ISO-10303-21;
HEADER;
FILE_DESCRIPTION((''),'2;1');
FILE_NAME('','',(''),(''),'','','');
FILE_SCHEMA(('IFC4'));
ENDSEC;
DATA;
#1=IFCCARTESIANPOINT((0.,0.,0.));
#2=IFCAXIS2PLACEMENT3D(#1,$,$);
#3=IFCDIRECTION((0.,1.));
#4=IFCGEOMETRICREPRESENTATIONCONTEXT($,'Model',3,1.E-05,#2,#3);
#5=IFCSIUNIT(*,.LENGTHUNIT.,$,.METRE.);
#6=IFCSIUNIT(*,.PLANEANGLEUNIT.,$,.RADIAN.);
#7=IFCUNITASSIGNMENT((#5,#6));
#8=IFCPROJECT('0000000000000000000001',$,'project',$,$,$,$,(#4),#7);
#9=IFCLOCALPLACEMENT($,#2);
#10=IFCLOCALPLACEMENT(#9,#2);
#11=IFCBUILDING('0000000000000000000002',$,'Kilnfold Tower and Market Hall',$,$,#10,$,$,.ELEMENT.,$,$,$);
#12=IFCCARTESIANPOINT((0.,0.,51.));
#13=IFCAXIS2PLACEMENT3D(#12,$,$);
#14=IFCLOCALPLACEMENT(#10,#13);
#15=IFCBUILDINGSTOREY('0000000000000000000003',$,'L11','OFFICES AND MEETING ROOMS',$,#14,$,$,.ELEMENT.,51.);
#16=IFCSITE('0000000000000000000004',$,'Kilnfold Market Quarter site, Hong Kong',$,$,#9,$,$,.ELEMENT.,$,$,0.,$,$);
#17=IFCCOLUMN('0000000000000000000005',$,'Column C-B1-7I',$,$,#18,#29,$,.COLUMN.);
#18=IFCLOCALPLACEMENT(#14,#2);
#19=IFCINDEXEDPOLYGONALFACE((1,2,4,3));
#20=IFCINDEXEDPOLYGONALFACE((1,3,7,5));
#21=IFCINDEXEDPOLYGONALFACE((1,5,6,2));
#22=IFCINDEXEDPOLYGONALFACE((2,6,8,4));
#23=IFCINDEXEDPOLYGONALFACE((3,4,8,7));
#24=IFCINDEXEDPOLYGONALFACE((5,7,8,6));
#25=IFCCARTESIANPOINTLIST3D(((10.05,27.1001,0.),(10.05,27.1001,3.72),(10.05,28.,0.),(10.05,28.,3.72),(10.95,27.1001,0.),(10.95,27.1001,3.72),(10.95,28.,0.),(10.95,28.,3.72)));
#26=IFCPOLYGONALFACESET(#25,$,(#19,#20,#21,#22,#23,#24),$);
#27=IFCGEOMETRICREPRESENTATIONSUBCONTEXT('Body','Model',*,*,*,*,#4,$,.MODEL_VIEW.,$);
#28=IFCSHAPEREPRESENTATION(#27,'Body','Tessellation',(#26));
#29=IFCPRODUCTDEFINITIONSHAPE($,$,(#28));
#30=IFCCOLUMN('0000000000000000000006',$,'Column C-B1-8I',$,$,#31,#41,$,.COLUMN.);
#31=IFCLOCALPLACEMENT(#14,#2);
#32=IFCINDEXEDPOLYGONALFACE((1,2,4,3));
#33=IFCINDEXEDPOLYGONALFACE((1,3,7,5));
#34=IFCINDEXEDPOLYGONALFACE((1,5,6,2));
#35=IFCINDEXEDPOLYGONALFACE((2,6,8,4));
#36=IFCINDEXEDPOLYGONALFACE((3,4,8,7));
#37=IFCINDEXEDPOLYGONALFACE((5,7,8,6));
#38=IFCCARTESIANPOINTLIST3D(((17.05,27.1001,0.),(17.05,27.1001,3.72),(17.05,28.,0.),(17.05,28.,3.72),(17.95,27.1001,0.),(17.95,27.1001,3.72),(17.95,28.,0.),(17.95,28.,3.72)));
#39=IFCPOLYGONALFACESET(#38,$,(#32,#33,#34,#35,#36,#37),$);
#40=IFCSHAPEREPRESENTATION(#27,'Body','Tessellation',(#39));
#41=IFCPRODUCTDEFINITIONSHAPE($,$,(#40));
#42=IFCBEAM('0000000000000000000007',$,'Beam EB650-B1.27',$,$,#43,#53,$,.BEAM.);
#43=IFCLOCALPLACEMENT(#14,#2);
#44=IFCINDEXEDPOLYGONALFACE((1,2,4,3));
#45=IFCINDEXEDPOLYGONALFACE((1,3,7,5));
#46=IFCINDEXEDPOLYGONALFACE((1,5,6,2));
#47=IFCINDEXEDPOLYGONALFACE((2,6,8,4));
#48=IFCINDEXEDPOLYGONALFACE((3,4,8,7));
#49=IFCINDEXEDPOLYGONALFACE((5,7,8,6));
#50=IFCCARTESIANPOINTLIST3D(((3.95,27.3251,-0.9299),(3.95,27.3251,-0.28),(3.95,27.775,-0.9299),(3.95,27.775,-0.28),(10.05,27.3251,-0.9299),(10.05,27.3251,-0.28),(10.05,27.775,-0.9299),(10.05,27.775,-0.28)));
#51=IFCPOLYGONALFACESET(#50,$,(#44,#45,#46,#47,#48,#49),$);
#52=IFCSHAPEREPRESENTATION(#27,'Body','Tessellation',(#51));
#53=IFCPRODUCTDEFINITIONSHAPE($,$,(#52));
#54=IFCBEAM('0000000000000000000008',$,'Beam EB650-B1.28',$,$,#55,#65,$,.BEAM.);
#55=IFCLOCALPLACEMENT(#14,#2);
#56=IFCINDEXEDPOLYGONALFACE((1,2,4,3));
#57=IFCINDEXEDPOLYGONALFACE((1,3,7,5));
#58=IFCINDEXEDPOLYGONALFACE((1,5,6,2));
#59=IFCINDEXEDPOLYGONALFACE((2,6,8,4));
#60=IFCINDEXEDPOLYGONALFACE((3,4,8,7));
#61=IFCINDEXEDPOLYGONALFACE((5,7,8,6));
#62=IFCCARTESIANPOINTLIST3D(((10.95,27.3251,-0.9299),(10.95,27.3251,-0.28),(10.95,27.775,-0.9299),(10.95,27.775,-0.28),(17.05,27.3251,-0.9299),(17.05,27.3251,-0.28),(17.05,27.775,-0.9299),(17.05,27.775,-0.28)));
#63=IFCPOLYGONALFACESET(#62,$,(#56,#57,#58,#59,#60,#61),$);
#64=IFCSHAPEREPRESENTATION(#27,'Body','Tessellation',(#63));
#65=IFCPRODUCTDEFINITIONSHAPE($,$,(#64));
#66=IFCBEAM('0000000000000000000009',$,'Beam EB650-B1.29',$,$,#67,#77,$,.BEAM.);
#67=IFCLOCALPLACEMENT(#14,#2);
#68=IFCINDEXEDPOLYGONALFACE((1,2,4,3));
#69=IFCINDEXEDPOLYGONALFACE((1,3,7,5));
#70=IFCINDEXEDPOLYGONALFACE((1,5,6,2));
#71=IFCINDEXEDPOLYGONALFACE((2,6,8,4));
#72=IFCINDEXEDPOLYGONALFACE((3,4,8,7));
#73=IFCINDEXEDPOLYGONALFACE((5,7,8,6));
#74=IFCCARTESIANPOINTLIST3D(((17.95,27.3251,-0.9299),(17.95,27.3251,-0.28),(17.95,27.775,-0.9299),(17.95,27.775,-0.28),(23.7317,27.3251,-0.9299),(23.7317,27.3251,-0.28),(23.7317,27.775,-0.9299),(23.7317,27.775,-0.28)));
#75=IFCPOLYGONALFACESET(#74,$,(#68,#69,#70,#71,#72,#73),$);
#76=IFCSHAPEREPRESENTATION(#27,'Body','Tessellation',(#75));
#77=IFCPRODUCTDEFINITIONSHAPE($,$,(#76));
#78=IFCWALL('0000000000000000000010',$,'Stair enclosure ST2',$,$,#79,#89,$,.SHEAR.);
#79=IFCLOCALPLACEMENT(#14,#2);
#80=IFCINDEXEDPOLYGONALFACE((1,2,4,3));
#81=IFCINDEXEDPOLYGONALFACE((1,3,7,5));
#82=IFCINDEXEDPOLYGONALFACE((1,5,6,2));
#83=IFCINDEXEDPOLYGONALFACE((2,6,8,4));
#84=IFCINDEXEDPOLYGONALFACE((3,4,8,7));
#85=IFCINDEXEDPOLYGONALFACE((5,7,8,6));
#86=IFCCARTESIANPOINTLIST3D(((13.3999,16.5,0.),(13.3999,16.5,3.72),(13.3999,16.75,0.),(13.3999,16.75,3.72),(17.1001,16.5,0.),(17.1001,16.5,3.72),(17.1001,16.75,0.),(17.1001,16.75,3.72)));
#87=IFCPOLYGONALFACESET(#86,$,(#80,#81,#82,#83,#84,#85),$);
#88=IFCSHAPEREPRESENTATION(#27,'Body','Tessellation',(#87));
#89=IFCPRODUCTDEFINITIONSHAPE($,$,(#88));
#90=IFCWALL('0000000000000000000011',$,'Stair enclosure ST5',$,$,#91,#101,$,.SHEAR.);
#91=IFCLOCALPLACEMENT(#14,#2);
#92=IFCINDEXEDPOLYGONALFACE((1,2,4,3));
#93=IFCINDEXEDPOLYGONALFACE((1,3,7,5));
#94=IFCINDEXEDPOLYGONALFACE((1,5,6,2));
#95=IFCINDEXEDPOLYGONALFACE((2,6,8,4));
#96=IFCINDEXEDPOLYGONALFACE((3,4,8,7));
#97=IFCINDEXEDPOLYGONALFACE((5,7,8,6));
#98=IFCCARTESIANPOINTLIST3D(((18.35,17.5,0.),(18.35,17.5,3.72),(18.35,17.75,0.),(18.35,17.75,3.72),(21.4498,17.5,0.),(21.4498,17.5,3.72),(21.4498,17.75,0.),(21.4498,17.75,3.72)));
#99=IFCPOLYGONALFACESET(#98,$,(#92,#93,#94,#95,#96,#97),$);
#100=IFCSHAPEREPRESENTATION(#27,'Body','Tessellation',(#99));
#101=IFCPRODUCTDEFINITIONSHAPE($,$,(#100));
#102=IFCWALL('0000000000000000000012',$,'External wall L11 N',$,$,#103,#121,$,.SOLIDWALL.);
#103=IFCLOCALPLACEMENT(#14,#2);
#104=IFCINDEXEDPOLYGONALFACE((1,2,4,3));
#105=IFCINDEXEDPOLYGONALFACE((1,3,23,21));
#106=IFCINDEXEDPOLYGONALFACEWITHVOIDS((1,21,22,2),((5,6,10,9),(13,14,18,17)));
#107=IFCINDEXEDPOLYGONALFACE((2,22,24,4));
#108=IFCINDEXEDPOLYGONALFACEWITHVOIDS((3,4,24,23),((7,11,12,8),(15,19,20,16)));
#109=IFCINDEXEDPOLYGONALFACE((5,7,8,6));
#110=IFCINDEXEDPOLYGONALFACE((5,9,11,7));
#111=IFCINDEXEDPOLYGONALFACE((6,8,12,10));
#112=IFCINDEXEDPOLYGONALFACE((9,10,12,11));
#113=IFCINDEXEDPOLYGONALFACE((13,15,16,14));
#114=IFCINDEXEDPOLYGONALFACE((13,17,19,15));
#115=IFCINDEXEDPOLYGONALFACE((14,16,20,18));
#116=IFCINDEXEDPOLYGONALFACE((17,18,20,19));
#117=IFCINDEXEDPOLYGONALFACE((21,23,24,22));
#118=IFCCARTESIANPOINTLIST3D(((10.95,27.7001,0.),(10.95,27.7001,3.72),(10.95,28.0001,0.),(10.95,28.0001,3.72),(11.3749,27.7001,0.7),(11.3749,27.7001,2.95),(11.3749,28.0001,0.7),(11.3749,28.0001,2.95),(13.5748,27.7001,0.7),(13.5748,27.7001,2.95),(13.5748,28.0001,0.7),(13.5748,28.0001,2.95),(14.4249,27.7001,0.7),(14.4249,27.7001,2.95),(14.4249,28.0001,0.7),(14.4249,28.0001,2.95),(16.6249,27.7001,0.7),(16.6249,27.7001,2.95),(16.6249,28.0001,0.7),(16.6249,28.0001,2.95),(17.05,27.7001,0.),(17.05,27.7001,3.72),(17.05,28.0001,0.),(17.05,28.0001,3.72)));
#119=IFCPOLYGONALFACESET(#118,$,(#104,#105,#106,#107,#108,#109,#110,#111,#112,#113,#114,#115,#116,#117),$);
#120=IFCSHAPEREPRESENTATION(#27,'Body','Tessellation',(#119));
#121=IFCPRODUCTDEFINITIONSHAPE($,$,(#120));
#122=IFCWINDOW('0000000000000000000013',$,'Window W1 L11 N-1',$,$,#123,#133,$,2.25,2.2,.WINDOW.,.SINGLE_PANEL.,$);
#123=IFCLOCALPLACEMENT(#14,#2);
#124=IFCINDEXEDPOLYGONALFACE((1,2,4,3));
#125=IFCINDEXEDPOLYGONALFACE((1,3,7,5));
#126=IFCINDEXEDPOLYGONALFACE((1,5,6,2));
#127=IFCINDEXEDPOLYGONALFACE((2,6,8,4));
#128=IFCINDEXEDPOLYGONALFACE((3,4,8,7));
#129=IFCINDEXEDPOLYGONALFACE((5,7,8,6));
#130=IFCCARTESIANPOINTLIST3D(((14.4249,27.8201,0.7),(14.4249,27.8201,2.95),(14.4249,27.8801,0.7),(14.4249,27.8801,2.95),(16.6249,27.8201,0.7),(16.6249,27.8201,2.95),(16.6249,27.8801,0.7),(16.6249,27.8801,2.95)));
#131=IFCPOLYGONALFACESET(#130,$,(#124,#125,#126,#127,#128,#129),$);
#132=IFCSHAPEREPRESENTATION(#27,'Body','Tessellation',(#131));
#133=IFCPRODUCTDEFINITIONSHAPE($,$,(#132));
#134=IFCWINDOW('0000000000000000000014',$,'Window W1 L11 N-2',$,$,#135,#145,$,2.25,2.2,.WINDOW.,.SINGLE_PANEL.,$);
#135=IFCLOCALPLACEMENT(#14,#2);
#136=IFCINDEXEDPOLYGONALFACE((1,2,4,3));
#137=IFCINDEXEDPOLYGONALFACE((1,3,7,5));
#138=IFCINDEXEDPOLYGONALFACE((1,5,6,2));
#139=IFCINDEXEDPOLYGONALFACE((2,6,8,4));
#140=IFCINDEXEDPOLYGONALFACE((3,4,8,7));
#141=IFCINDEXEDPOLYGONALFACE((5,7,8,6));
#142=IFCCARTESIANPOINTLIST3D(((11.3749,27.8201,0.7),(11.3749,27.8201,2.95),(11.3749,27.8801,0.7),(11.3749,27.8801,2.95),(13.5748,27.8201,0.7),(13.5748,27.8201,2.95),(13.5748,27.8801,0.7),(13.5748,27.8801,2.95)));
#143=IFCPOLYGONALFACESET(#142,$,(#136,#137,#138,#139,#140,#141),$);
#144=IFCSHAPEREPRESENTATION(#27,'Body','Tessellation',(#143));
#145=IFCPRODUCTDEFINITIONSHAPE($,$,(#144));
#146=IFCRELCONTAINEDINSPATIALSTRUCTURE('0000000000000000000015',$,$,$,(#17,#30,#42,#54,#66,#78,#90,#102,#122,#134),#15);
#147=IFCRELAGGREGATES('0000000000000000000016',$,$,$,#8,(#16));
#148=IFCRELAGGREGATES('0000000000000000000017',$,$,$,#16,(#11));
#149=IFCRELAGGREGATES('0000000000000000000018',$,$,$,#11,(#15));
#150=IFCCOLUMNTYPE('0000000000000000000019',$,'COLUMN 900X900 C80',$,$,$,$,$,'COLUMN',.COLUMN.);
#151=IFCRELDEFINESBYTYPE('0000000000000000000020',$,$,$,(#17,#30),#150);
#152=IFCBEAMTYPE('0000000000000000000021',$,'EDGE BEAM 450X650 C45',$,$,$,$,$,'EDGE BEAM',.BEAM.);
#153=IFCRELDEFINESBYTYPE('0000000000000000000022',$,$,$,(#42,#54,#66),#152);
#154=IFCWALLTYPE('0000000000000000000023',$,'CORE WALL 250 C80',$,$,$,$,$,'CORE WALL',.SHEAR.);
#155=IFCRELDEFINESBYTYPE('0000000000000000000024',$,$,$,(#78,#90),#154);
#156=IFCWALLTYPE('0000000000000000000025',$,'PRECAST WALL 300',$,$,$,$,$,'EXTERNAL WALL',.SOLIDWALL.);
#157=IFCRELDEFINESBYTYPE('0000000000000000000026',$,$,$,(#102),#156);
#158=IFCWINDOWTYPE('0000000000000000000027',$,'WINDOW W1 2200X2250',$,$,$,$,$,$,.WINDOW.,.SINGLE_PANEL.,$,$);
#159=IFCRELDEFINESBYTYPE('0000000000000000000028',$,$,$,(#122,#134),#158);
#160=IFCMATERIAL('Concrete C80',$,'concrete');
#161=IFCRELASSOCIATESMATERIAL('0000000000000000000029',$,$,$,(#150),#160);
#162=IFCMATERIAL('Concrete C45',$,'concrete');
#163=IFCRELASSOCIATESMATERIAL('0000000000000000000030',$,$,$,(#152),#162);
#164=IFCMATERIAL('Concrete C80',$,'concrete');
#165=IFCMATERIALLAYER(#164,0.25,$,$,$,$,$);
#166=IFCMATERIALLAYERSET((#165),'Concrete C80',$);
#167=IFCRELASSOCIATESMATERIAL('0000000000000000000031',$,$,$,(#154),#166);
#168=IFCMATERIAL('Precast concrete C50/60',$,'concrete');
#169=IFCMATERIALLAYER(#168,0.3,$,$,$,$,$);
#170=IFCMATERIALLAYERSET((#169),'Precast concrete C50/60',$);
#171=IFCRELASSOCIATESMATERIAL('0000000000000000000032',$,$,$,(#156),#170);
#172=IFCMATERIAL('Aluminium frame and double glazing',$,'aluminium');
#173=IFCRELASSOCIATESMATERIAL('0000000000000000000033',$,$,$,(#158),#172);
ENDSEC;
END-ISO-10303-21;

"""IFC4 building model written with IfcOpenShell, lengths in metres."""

from ifc_helpers import new_model, si_unit, direction, frame, frame_2d, origin, origin_2d, place, context, subcontext, project, spatial, rectangle, extrude, source, transform, mapped, material, layer, layer_set, material_profile, profile_set, type_object, element, fill, save


model = new_model("IFC4")

# Units and contexts
model_context = context("Model", 3, precision=1e-05, world=origin(), true_north=direction((0.0, 1.0)))
body_context = subcontext(model_context, "Body", "Model", "MODEL_VIEW")
ifc_project = project(units=[si_unit("LENGTHUNIT", "METRE"), si_unit("PLANEANGLEUNIT", "RADIAN")], contexts=[model_context])

# Site, building, storey
site_placement = place(None, origin())
site = spatial("IfcSite", under=ifc_project, at=site_placement, Name="Kilnfold Market Quarter site, Hong Kong", CompositionType="ELEMENT", RefElevation=0.0)
building_placement = place(site_placement, origin())
building = spatial("IfcBuilding", under=site, at=building_placement, Name="Kilnfold Tower and Market Hall", CompositionType="ELEMENT")
storey_placement = place(building_placement, frame((0.0, 0.0, 51.0)))
storey = spatial("IfcBuildingStorey", under=building, at=storey_placement, Name="L11", Description="OFFICES AND MEETING ROOMS", CompositionType="ELEMENT", Elevation=51.0)

# Columns
ifc_material_1 = material(Name="Concrete C80", Category="concrete")
ifc_material_profile_1 = material_profile(ifc_material_1, rectangle(XDim=0.8999, YDim=0.8999, at=origin_2d()), Name="RC 900x900")
ifc_profile_set_1 = profile_set([ifc_material_profile_1], Name="Concrete C80")
column_type = type_object("IfcColumnType", Name="COLUMN 900X900 C80", ElementType="COLUMN", PredefinedType="COLUMN", material=ifc_profile_set_1)
shared_shape_1 = source(origin(), body_context, "Body", "SweptSolid", [
    extrude(rectangle(XDim=0.8999, YDim=0.8999, at=origin_2d()), origin(), (0.0, 0.0, 1.0), 3.72),
])
for number, where, z_axis, x_axis, name in (
    (1, (10.5, 27.55, 0.0), (0.0, 0.0, 1.0), (1.0, 0.0, 0.0), "Column C-B1-7I"),
    (2, (17.5, 27.55, 0.0), (0.0, 0.0, 1.0), (1.0, 0.0, 0.0), "Column C-B1-8I"),
):
    element("IfcColumn", number, at=place(storey_placement, frame(where, z_axis=z_axis, x_axis=x_axis)), inside=storey, type_object=column_type, Name=name, PredefinedType="COLUMN", context=body_context, shape_type="MappedRepresentation", body=[
        mapped(shared_shape_1, transform((0.0, 0.0, 0.0))),
    ])

# Beams
ifc_material_2 = material(Name="Concrete C45", Category="concrete")
ifc_material_profile_2 = material_profile(ifc_material_2, rectangle(XDim=0.45, YDim=0.6499, at=origin_2d()), Name="RC 450x650")
ifc_profile_set_2 = profile_set([ifc_material_profile_2], Name="Concrete C45")
beam_type = type_object("IfcBeamType", Name="EDGE BEAM 450X650 C45", ElementType="EDGE BEAM", PredefinedType="BEAM", material=ifc_profile_set_2)
shared_shape_2 = source(origin(), body_context, "Body", "SweptSolid", [
    extrude(rectangle(XDim=0.45, YDim=0.6499, at=origin_2d()), origin(), (0.0, 0.0, 1.0), 6.1001),
])
for number, where, z_axis, x_axis, name in (
    (3, (3.95, 27.55, -0.605), (1.0, 0.0, 0.0), (0.0, 1.0, 0.0), "Beam EB650-B1.27"),
    (4, (10.95, 27.55, -0.605), (1.0, 0.0, 0.0), (0.0, 1.0, 0.0), "Beam EB650-B1.28"),
):
    element("IfcBeam", number, at=place(storey_placement, frame(where, z_axis=z_axis, x_axis=x_axis)), inside=storey, type_object=beam_type, Name=name, PredefinedType="BEAM", context=body_context, shape_type="MappedRepresentation", body=[
        mapped(shared_shape_2, transform((0.0, 0.0, 0.0))),
    ])
shared_shape_3 = source(origin(), body_context, "Body", "SweptSolid", [
    extrude(rectangle(XDim=0.45, YDim=0.6499, at=origin_2d()), origin(), (0.0, 0.0, 1.0), 5.7817),
])
beam_placement = place(storey_placement, frame((17.95, 27.55, -0.605), z_axis=(1.0, 0.0, 0.0), x_axis=(0.0, 1.0, 0.0)))
element("IfcBeam", 5, at=beam_placement, inside=storey, type_object=beam_type, Name="Beam EB650-B1.29", PredefinedType="BEAM", context=body_context, shape_type="MappedRepresentation", body=[
    mapped(shared_shape_3, transform((0.0, 0.0, 0.0))),
])

# Walls
ifc_material_3 = material(Name="Concrete C80", Category="concrete")
ifc_layer_1 = layer(ifc_material_3, 0.25)
ifc_layer_set_1 = layer_set([ifc_layer_1], Name="Concrete C80")
wall_type_1 = type_object("IfcWallType", Name="CORE WALL 250 C80", ElementType="CORE WALL", PredefinedType="SHEAR", material=ifc_layer_set_1)
shared_shape_4 = source(origin(), body_context, "Body", "SweptSolid", [
    extrude(rectangle(XDim=3.7002, YDim=0.25, at=frame_2d((1.8501, 0.0))), origin(), (0.0, 0.0, 1.0), 3.72),
])
wall_1_placement = place(storey_placement, frame((13.3999, 16.625, 0.0), z_axis=(0.0, 0.0, 1.0), x_axis=(1.0, 0.0, 0.0)))
element("IfcWall", 6, at=wall_1_placement, inside=storey, type_object=wall_type_1, Name="Stair enclosure ST2", PredefinedType="SHEAR", context=body_context, shape_type="MappedRepresentation", body=[
    mapped(shared_shape_4, transform((0.0, 0.0, 0.0))),
])
shared_shape_5 = source(origin(), body_context, "Body", "SweptSolid", [
    extrude(rectangle(XDim=3.0999, YDim=0.25, at=frame_2d((1.5498, 0.0))), origin(), (0.0, 0.0, 1.0), 3.72),
])
wall_2_placement = place(storey_placement, frame((18.3501, 17.625, 0.0), z_axis=(0.0, 0.0, 1.0), x_axis=(1.0, 0.0, 0.0)))
element("IfcWall", 7, at=wall_2_placement, inside=storey, type_object=wall_type_1, Name="Stair enclosure ST5", PredefinedType="SHEAR", context=body_context, shape_type="MappedRepresentation", body=[
    mapped(shared_shape_5, transform((0.0, 0.0, 0.0))),
])

# Wall, openings, windows
ifc_material_4 = material(Name="Precast concrete C50/60", Category="concrete")
ifc_layer_2 = layer(ifc_material_4, 0.3)
ifc_layer_set_2 = layer_set([ifc_layer_2], Name="Precast concrete C50/60")
wall_type_2 = type_object("IfcWallType", Name="PRECAST WALL 300", ElementType="EXTERNAL WALL", PredefinedType="SOLIDWALL", material=ifc_layer_set_2)
shared_shape_6 = source(origin(), body_context, "Body", "SweptSolid", [
    extrude(rectangle(XDim=6.1001, YDim=0.3, at=frame_2d((3.05, 0.0))), origin(), (0.0, 0.0, 1.0), 3.72),
])
wall_3_placement = place(storey_placement, frame((17.05, 27.8501, 0.0), z_axis=(0.0, 0.0, 1.0), x_axis=(-1.0, 0.0, 0.0)))
wall_3 = element("IfcWall", 8, at=wall_3_placement, inside=storey, type_object=wall_type_2, Name="External wall L11 N", PredefinedType="SOLIDWALL", context=body_context, shape_type="MappedRepresentation", body=[
    mapped(shared_shape_6, transform((0.0, 0.0, 0.0))),
])
opening_1_placement = place(wall_3_placement, frame((0.425, 0.0, 0.7)))
opening_1 = element("IfcOpeningElement", 9, at=opening_1_placement, cuts=wall_3, PredefinedType="OPENING", context=body_context, shape_type="SweptSolid", body=[
    extrude(rectangle(XDim=2.2, YDim=2.25, at=frame_2d((1.1001, 1.125))), frame((0.0, 0.1602, 0.0), z_axis=(0.0, -1.0, 0.0), x_axis=(1.0, 0.0, 0.0)), (0.0, 0.0, 1.0), 0.3201),
])
opening_2_placement = place(wall_3_placement, frame((3.4751, 0.0, 0.7)))
opening_2 = element("IfcOpeningElement", 10, at=opening_2_placement, cuts=wall_3, PredefinedType="OPENING", context=body_context, shape_type="SweptSolid", body=[
    extrude(rectangle(XDim=2.2, YDim=2.25, at=frame_2d((1.1001, 1.125))), frame((0.0, 0.1602, 0.0), z_axis=(0.0, -1.0, 0.0), x_axis=(1.0, 0.0, 0.0)), (0.0, 0.0, 1.0), 0.3201),
])
ifc_material_5 = material(Name="Aluminium frame and double glazing", Category="aluminium")
window_type = type_object("IfcWindowType", Name="WINDOW W1 2200X2250", PartitioningType="SINGLE_PANEL", PredefinedType="WINDOW", material=ifc_material_5)
window_1_placement = place(opening_1_placement, origin())
window_1 = element("IfcWindow", 11, at=window_1_placement, inside=storey, type_object=window_type, Name="Window W1 L11 N-1", OverallHeight=2.25, OverallWidth=2.2, PartitioningType="SINGLE_PANEL", PredefinedType="WINDOW", context=body_context, shape_type="SweptSolid", body=[
    extrude(rectangle(XDim=2.2, YDim=2.25, at=frame_2d((1.1001, 1.125))), frame((0.0, 0.03, 0.0), z_axis=(0.0, -1.0, 0.0), x_axis=(1.0, 0.0, 0.0)), (0.0, 0.0, 1.0), 0.0601),
])
fill(opening_1, window_1)
window_2_placement = place(opening_2_placement, origin())
window_2 = element("IfcWindow", 12, at=window_2_placement, inside=storey, type_object=window_type, Name="Window W1 L11 N-2", OverallHeight=2.25, OverallWidth=2.2, PartitioningType="SINGLE_PANEL", PredefinedType="WINDOW", context=body_context, shape_type="SweptSolid", body=[
    extrude(rectangle(XDim=2.2, YDim=2.25, at=frame_2d((1.1001, 1.125))), frame((0.0, 0.03, 0.0), z_axis=(0.0, -1.0, 0.0), x_axis=(1.0, 0.0, 0.0)), (0.0, 0.0, 1.0), 0.0601),
])
fill(opening_2, window_2)

save(model, "model.ifc")
